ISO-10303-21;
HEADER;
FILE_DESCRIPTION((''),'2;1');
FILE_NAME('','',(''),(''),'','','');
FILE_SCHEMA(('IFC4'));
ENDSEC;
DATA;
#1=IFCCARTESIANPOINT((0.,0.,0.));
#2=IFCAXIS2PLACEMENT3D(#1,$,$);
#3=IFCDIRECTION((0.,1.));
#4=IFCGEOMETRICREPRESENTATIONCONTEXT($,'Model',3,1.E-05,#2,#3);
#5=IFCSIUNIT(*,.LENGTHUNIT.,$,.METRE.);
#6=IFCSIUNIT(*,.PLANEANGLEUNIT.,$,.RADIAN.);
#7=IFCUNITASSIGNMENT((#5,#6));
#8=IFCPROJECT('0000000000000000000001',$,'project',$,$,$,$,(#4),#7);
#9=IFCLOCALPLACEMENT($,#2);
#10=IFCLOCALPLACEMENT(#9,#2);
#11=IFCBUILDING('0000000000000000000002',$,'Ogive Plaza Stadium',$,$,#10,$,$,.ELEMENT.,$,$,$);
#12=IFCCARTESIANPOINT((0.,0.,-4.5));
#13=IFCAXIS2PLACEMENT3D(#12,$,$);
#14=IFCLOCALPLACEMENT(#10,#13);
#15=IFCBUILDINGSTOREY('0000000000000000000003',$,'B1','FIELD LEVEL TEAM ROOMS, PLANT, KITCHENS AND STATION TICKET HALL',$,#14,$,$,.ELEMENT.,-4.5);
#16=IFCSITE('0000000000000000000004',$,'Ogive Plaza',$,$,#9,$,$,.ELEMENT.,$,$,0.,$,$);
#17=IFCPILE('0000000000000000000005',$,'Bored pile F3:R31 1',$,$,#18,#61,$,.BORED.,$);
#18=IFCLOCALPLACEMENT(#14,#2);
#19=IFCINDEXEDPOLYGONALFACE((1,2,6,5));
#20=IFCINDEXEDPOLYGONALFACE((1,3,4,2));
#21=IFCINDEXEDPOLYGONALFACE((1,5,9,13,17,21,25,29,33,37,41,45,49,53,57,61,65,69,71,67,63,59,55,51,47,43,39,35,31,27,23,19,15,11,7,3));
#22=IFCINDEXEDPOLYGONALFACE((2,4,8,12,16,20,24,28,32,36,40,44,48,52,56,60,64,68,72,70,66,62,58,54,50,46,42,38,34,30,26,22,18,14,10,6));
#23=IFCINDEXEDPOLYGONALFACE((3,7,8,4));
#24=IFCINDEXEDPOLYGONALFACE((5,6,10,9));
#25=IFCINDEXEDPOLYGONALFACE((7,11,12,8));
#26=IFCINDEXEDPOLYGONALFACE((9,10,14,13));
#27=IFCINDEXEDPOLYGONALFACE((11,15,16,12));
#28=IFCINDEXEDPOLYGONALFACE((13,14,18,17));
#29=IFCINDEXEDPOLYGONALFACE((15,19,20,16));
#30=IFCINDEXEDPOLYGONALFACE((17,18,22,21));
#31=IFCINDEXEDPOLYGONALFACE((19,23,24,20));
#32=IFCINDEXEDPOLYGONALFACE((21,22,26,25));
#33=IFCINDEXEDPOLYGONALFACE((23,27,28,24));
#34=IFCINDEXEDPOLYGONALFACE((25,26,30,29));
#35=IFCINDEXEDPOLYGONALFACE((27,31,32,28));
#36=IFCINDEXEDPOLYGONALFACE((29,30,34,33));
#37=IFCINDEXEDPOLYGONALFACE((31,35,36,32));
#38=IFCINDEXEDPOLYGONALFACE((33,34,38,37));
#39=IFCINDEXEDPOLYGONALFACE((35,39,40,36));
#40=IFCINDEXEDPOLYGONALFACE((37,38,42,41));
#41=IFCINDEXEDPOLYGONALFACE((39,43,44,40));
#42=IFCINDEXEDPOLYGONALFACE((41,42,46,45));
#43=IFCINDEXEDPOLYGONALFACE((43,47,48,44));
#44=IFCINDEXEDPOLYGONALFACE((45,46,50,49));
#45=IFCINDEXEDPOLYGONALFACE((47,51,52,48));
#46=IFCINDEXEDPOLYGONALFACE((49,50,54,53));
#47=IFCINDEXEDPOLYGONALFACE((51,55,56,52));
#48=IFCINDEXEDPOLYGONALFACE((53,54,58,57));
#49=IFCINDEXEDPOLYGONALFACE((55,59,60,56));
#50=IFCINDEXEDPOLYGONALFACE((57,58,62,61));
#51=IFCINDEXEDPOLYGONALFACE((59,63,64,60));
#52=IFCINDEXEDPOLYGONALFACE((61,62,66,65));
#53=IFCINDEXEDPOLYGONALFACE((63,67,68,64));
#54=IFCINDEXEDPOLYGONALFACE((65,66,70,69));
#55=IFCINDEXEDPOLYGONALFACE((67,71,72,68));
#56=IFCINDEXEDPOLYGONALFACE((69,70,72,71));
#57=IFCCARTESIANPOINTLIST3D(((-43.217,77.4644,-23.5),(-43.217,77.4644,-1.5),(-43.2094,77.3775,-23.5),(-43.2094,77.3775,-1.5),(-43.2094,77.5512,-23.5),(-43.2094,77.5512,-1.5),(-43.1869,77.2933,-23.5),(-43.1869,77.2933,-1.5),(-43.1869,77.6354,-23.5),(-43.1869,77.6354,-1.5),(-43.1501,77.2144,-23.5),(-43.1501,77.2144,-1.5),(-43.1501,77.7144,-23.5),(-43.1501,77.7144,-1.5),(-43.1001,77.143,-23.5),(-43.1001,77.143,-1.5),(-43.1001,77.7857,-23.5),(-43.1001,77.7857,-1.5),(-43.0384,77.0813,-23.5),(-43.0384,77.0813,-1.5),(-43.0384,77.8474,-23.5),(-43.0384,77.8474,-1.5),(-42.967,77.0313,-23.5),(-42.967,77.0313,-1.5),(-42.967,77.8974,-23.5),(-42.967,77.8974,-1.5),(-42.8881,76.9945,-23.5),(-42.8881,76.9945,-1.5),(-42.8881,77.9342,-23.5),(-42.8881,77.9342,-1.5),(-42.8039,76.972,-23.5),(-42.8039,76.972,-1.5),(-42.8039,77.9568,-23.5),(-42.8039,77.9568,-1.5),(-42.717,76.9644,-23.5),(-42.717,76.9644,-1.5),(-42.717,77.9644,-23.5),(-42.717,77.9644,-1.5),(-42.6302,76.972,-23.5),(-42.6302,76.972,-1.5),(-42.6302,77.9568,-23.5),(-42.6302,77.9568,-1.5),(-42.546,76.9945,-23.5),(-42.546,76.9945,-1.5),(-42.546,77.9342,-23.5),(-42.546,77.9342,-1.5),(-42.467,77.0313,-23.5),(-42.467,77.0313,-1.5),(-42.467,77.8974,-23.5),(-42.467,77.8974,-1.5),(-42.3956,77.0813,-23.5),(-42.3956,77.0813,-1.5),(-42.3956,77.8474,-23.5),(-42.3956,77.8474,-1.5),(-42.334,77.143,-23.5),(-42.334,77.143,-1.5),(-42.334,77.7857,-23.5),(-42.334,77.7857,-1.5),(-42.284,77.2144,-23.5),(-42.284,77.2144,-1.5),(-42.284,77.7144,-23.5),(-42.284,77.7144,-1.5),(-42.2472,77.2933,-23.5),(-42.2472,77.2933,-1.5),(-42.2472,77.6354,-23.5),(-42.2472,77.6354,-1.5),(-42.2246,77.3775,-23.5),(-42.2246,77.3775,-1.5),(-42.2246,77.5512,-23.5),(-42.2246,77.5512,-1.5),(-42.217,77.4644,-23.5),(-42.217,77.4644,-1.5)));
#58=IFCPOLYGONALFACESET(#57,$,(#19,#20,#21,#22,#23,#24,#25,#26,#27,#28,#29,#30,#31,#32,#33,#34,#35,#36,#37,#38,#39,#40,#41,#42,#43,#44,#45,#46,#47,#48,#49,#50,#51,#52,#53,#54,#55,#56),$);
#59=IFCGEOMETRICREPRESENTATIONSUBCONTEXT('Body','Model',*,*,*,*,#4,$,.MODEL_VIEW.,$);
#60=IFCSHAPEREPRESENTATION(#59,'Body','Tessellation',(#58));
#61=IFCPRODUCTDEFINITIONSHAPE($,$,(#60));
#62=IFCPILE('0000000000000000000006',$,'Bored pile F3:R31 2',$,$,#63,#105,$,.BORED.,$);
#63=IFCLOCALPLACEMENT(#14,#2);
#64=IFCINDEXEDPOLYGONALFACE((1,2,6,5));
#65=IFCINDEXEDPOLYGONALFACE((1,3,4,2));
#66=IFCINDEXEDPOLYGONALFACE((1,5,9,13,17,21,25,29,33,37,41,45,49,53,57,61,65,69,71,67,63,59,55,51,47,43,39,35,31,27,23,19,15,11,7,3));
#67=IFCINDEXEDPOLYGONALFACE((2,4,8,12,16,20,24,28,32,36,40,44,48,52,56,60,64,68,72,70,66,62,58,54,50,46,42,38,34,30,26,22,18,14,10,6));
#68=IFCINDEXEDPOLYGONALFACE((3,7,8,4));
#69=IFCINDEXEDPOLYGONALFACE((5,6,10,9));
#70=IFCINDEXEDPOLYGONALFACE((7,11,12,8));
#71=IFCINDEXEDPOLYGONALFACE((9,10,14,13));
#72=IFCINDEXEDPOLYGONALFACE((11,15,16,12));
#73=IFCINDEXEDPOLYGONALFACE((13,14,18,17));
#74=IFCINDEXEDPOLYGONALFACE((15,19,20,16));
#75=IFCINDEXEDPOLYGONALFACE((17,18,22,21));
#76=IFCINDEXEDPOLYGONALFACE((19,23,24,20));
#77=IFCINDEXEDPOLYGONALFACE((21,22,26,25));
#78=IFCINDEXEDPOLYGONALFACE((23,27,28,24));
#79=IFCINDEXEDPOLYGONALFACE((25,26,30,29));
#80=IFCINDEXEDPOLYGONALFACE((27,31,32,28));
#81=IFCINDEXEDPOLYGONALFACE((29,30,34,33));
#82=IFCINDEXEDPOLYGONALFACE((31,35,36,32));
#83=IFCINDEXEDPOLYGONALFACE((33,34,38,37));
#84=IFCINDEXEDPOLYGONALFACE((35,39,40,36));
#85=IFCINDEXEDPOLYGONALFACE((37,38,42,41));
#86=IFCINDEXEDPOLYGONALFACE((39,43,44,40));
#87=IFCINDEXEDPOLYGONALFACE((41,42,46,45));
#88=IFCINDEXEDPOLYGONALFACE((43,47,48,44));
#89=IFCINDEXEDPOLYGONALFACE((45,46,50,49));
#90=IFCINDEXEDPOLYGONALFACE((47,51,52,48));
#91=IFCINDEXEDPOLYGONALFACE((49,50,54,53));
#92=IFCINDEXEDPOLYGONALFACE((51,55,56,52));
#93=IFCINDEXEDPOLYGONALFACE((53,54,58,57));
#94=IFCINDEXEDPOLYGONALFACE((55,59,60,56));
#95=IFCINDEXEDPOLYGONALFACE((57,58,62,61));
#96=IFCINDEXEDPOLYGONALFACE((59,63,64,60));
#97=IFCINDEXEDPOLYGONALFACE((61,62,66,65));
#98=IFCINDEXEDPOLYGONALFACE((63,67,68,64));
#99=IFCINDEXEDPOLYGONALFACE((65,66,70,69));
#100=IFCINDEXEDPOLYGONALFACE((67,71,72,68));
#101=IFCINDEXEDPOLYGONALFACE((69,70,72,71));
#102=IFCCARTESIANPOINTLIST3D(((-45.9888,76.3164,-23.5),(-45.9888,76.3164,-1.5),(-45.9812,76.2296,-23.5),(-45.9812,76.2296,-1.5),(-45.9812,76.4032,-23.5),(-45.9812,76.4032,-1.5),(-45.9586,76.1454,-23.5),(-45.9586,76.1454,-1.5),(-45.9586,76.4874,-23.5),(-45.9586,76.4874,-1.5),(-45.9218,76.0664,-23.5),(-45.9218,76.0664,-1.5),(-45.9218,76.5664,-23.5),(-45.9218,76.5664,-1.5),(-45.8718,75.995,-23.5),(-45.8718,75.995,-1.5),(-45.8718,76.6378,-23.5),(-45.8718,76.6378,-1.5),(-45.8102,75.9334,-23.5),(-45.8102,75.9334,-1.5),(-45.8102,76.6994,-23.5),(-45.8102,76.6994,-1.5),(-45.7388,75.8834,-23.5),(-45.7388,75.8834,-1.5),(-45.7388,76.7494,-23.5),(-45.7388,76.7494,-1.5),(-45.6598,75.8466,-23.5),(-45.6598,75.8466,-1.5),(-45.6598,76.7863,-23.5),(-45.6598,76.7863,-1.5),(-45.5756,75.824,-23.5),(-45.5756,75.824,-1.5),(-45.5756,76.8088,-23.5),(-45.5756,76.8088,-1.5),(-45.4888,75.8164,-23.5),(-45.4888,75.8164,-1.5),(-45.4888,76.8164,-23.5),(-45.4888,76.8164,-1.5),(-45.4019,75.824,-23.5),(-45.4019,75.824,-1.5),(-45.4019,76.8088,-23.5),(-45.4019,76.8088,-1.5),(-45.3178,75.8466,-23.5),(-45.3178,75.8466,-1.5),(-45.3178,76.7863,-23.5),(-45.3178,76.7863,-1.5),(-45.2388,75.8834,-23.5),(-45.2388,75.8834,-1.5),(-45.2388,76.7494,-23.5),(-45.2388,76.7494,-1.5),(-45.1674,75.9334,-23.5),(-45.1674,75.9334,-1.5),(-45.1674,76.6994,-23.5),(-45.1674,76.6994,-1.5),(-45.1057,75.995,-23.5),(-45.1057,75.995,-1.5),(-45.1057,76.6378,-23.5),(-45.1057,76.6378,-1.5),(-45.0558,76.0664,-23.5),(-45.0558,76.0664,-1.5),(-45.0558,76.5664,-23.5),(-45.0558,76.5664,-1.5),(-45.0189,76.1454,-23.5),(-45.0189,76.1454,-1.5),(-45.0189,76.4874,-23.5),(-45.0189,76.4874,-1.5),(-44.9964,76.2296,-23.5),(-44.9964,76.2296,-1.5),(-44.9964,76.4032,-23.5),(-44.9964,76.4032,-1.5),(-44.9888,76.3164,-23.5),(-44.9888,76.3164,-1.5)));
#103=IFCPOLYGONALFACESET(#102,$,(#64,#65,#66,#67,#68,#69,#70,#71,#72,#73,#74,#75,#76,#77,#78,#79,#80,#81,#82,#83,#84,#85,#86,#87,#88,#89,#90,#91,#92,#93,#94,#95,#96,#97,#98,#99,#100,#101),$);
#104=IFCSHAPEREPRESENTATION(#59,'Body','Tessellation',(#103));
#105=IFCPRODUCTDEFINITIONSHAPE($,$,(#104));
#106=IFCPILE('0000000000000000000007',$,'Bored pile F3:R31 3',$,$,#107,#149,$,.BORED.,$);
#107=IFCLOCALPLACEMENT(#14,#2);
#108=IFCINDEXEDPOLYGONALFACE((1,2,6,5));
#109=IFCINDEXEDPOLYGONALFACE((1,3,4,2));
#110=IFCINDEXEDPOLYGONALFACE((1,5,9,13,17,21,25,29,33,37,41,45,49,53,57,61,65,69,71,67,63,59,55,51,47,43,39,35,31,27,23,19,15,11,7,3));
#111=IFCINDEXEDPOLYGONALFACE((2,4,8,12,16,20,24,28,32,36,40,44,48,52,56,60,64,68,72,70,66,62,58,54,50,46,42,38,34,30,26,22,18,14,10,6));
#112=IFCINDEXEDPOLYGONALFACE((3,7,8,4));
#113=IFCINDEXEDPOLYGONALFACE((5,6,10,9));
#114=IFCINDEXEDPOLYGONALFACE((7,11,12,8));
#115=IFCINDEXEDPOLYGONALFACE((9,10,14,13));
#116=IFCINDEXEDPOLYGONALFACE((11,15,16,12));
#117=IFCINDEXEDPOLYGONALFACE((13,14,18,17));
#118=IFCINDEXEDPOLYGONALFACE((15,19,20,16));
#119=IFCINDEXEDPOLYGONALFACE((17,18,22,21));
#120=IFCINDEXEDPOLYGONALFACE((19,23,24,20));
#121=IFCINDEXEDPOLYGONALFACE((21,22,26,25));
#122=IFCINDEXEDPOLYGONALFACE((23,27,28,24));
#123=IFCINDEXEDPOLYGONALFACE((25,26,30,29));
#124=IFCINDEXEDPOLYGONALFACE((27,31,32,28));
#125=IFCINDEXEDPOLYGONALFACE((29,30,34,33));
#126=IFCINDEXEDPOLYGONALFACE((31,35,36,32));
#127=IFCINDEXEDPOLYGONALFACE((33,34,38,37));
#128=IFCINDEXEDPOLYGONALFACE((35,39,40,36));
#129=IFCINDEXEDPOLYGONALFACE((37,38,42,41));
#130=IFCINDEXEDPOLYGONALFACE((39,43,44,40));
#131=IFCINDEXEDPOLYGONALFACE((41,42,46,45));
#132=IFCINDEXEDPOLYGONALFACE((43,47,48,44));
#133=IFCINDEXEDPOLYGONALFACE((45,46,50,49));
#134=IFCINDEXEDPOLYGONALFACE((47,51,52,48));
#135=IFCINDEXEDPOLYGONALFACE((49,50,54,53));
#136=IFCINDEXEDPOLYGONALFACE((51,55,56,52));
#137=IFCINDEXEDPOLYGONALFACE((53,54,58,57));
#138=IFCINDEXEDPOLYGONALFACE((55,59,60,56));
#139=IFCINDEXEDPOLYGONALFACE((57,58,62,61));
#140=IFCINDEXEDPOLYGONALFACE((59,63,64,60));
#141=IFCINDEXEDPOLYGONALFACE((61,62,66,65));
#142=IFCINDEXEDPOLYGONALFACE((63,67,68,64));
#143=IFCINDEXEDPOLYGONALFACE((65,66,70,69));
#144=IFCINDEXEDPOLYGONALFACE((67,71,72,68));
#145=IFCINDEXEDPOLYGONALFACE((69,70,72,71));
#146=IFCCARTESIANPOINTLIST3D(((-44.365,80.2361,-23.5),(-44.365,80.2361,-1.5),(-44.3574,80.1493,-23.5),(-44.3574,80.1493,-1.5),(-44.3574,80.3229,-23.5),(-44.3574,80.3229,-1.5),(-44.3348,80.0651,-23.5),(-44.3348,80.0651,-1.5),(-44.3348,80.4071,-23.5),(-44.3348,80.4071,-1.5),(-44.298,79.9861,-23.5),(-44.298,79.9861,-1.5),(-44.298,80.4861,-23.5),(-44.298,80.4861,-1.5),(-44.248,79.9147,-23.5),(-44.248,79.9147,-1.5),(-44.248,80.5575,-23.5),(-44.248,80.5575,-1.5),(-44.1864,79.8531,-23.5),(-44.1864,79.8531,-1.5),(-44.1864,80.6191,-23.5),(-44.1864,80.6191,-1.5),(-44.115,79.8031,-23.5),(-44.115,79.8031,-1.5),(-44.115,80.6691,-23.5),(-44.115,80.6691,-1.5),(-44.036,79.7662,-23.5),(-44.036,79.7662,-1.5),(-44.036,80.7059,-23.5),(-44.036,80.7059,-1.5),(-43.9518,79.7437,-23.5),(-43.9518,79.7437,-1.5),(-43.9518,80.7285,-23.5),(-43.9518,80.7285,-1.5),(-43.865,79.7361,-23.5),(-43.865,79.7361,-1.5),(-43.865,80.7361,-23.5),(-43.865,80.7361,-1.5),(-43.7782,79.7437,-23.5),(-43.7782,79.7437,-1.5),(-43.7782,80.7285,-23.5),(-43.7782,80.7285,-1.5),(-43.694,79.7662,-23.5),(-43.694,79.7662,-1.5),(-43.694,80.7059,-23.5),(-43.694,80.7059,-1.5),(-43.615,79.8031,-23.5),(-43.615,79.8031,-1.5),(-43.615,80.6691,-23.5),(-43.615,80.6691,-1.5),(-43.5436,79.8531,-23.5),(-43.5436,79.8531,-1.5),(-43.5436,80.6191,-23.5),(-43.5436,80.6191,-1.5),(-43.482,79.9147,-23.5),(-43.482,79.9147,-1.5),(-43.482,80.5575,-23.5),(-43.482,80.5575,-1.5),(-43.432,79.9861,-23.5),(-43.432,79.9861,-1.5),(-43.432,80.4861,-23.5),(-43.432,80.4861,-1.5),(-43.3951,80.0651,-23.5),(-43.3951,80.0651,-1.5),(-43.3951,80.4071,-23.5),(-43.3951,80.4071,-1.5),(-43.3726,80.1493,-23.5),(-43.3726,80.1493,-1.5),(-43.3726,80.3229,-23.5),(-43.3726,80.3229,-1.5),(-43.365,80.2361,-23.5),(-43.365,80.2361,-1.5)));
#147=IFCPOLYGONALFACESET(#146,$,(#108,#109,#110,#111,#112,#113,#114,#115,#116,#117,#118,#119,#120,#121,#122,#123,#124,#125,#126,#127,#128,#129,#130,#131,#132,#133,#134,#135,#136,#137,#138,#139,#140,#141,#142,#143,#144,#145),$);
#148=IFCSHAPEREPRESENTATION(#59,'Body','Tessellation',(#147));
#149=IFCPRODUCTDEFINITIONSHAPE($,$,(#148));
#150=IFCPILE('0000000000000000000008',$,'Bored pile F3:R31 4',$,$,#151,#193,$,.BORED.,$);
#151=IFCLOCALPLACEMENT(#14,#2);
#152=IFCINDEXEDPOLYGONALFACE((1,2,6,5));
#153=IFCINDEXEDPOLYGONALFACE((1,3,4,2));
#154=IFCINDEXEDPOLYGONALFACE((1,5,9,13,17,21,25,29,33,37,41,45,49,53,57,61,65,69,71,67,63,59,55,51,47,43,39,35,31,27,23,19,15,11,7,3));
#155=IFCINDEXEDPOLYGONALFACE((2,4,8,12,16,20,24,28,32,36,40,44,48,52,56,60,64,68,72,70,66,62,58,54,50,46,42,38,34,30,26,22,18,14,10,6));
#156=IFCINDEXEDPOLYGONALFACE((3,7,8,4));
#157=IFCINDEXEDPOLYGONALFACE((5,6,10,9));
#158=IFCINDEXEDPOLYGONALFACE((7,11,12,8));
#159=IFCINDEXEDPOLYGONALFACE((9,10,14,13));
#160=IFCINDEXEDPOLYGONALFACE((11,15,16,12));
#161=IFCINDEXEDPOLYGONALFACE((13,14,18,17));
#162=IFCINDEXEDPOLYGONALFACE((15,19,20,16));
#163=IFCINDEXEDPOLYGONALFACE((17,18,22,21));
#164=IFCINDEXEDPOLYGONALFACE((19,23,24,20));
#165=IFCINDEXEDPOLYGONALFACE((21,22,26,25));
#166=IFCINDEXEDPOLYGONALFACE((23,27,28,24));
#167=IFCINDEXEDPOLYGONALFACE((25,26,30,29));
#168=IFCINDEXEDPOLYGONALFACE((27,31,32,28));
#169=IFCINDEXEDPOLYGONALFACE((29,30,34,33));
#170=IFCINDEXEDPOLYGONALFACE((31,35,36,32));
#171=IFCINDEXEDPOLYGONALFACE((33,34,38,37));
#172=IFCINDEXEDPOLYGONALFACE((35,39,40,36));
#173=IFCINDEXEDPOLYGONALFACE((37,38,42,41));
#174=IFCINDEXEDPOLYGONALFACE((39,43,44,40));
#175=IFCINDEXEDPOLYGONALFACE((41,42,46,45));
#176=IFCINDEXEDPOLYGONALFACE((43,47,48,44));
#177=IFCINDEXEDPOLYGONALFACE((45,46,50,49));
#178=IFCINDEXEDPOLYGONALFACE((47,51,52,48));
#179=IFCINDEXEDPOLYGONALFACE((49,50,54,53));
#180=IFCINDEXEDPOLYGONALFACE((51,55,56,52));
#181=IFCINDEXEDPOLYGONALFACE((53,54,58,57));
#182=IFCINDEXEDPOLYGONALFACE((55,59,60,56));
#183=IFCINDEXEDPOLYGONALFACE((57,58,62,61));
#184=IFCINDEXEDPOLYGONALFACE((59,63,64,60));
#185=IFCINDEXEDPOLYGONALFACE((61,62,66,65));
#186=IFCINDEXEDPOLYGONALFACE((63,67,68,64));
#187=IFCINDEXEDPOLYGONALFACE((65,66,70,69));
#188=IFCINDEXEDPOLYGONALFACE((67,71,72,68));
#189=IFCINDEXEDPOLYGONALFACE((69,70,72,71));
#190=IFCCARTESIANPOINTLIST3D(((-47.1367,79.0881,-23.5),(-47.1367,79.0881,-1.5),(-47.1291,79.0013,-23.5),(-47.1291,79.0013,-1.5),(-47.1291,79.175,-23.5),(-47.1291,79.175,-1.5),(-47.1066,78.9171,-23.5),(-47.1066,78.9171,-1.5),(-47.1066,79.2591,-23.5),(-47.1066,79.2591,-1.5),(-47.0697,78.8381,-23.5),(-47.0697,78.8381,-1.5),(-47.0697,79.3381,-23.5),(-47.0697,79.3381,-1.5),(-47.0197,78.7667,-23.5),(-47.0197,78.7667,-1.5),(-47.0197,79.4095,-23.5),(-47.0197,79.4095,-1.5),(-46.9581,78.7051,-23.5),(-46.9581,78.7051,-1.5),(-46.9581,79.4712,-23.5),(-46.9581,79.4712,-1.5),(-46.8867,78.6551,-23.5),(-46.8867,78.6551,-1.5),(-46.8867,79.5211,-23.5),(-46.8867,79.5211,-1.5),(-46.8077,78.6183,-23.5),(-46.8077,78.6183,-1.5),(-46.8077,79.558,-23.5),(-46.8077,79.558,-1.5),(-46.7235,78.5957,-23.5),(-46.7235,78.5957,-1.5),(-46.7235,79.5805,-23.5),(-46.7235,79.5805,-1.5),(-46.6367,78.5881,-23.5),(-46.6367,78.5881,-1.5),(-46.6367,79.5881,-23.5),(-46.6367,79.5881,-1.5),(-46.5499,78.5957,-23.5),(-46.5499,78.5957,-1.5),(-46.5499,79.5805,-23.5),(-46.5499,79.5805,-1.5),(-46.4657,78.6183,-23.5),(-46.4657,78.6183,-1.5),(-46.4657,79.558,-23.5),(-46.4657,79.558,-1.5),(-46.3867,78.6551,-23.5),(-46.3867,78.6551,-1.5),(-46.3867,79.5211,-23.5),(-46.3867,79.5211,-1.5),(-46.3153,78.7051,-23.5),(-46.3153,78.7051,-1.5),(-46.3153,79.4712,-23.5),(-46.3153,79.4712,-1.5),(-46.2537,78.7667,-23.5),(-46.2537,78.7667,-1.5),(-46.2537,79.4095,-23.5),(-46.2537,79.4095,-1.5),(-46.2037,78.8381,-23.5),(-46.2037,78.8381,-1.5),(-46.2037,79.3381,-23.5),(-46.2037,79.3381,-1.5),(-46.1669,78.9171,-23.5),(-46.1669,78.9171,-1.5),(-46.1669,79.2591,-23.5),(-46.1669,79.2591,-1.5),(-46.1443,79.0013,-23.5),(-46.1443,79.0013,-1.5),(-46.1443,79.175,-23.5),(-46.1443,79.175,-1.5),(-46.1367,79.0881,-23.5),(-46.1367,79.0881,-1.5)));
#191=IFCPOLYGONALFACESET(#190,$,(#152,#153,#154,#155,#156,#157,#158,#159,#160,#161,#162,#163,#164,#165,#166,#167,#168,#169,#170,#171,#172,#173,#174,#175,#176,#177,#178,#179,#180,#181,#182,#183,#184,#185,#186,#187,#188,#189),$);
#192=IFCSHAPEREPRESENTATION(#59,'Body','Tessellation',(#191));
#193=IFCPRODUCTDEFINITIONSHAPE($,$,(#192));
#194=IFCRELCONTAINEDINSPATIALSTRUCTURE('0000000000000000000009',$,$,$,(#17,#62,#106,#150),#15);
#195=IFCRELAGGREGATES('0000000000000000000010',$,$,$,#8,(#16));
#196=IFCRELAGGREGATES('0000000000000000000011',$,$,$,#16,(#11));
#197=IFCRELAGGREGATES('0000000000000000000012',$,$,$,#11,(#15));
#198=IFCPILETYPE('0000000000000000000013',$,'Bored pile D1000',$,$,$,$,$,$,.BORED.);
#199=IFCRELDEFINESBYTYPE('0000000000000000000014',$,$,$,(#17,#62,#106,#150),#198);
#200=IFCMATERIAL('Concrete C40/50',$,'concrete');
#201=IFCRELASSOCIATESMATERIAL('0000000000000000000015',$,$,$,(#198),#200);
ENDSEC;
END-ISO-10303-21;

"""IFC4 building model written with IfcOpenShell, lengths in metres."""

from ifc_helpers import new_model, si_unit, direction, frame, origin, origin_2d, place, context, subcontext, project, spatial, circle, extrude, material, material_profile, profile_set, type_object, element, save


model = new_model("IFC4")

# Units and contexts
model_context = context("Model", 3, precision=1e-05, world=origin(), true_north=direction((0.0, 1.0)))
body_context = subcontext(model_context, "Body", "Model", "MODEL_VIEW")
ifc_project = project(units=[si_unit("LENGTHUNIT", "METRE"), si_unit("PLANEANGLEUNIT", "RADIAN")], contexts=[model_context])

# Site, building, storey
site_placement = place(None, origin())
site = spatial("IfcSite", under=ifc_project, at=site_placement, Name="Ogive Plaza", CompositionType="ELEMENT", RefElevation=0.0)
building_placement = place(site_placement, origin())
building = spatial("IfcBuilding", under=site, at=building_placement, Name="Ogive Plaza Stadium", CompositionType="ELEMENT")
storey_placement = place(building_placement, frame((0.0, 0.0, -4.5)))
storey = spatial("IfcBuildingStorey", under=building, at=storey_placement, Name="B1", Description="FIELD LEVEL TEAM ROOMS, PLANT, KITCHENS AND STATION TICKET HALL", CompositionType="ELEMENT", Elevation=-4.5)

# Piles
ifc_material_1 = material(Name="Concrete C40/50", Category="concrete")
ifc_material_profile_1 = material_profile(ifc_material_1, circle(Radius=0.5, at=origin_2d()), Name="RC D1000")
ifc_profile_set_1 = profile_set([ifc_material_profile_1], Name="Concrete C40/50")
pile_type_1 = type_object("IfcPileType", Name="Bored pile D1000", PredefinedType="BORED", material=ifc_profile_set_1)
for number, where, z_axis, x_axis, name in (
    (1, (-42.717, 77.4644, -1.5), (0.0, 0.0, -1.0), (1.0, 0.0, 0.0), "Bored pile F3:R31 1"),
    (2, (-45.4888, 76.3164, -1.5), (0.0, 0.0, -1.0), (1.0, 0.0, 0.0), "Bored pile F3:R31 2"),
    (3, (-43.865, 80.2361, -1.5), (0.0, 0.0, -1.0), (1.0, 0.0, 0.0), "Bored pile F3:R31 3"),
    (4, (-46.6367, 79.0881, -1.5), (0.0, 0.0, -1.0), (1.0, 0.0, 0.0), "Bored pile F3:R31 4"),
):
    element("IfcPile", number, at=place(storey_placement, frame(where, z_axis=z_axis, x_axis=x_axis)), inside=storey, type_object=pile_type_1, Name=name, PredefinedType="BORED", context=body_context, shape_type="SweptSolid", body=[
        extrude(circle(Radius=0.5, at=origin_2d()), origin(), (0.0, 0.0, 1.0), 22.0),
    ])

save(model, "model.ifc")
